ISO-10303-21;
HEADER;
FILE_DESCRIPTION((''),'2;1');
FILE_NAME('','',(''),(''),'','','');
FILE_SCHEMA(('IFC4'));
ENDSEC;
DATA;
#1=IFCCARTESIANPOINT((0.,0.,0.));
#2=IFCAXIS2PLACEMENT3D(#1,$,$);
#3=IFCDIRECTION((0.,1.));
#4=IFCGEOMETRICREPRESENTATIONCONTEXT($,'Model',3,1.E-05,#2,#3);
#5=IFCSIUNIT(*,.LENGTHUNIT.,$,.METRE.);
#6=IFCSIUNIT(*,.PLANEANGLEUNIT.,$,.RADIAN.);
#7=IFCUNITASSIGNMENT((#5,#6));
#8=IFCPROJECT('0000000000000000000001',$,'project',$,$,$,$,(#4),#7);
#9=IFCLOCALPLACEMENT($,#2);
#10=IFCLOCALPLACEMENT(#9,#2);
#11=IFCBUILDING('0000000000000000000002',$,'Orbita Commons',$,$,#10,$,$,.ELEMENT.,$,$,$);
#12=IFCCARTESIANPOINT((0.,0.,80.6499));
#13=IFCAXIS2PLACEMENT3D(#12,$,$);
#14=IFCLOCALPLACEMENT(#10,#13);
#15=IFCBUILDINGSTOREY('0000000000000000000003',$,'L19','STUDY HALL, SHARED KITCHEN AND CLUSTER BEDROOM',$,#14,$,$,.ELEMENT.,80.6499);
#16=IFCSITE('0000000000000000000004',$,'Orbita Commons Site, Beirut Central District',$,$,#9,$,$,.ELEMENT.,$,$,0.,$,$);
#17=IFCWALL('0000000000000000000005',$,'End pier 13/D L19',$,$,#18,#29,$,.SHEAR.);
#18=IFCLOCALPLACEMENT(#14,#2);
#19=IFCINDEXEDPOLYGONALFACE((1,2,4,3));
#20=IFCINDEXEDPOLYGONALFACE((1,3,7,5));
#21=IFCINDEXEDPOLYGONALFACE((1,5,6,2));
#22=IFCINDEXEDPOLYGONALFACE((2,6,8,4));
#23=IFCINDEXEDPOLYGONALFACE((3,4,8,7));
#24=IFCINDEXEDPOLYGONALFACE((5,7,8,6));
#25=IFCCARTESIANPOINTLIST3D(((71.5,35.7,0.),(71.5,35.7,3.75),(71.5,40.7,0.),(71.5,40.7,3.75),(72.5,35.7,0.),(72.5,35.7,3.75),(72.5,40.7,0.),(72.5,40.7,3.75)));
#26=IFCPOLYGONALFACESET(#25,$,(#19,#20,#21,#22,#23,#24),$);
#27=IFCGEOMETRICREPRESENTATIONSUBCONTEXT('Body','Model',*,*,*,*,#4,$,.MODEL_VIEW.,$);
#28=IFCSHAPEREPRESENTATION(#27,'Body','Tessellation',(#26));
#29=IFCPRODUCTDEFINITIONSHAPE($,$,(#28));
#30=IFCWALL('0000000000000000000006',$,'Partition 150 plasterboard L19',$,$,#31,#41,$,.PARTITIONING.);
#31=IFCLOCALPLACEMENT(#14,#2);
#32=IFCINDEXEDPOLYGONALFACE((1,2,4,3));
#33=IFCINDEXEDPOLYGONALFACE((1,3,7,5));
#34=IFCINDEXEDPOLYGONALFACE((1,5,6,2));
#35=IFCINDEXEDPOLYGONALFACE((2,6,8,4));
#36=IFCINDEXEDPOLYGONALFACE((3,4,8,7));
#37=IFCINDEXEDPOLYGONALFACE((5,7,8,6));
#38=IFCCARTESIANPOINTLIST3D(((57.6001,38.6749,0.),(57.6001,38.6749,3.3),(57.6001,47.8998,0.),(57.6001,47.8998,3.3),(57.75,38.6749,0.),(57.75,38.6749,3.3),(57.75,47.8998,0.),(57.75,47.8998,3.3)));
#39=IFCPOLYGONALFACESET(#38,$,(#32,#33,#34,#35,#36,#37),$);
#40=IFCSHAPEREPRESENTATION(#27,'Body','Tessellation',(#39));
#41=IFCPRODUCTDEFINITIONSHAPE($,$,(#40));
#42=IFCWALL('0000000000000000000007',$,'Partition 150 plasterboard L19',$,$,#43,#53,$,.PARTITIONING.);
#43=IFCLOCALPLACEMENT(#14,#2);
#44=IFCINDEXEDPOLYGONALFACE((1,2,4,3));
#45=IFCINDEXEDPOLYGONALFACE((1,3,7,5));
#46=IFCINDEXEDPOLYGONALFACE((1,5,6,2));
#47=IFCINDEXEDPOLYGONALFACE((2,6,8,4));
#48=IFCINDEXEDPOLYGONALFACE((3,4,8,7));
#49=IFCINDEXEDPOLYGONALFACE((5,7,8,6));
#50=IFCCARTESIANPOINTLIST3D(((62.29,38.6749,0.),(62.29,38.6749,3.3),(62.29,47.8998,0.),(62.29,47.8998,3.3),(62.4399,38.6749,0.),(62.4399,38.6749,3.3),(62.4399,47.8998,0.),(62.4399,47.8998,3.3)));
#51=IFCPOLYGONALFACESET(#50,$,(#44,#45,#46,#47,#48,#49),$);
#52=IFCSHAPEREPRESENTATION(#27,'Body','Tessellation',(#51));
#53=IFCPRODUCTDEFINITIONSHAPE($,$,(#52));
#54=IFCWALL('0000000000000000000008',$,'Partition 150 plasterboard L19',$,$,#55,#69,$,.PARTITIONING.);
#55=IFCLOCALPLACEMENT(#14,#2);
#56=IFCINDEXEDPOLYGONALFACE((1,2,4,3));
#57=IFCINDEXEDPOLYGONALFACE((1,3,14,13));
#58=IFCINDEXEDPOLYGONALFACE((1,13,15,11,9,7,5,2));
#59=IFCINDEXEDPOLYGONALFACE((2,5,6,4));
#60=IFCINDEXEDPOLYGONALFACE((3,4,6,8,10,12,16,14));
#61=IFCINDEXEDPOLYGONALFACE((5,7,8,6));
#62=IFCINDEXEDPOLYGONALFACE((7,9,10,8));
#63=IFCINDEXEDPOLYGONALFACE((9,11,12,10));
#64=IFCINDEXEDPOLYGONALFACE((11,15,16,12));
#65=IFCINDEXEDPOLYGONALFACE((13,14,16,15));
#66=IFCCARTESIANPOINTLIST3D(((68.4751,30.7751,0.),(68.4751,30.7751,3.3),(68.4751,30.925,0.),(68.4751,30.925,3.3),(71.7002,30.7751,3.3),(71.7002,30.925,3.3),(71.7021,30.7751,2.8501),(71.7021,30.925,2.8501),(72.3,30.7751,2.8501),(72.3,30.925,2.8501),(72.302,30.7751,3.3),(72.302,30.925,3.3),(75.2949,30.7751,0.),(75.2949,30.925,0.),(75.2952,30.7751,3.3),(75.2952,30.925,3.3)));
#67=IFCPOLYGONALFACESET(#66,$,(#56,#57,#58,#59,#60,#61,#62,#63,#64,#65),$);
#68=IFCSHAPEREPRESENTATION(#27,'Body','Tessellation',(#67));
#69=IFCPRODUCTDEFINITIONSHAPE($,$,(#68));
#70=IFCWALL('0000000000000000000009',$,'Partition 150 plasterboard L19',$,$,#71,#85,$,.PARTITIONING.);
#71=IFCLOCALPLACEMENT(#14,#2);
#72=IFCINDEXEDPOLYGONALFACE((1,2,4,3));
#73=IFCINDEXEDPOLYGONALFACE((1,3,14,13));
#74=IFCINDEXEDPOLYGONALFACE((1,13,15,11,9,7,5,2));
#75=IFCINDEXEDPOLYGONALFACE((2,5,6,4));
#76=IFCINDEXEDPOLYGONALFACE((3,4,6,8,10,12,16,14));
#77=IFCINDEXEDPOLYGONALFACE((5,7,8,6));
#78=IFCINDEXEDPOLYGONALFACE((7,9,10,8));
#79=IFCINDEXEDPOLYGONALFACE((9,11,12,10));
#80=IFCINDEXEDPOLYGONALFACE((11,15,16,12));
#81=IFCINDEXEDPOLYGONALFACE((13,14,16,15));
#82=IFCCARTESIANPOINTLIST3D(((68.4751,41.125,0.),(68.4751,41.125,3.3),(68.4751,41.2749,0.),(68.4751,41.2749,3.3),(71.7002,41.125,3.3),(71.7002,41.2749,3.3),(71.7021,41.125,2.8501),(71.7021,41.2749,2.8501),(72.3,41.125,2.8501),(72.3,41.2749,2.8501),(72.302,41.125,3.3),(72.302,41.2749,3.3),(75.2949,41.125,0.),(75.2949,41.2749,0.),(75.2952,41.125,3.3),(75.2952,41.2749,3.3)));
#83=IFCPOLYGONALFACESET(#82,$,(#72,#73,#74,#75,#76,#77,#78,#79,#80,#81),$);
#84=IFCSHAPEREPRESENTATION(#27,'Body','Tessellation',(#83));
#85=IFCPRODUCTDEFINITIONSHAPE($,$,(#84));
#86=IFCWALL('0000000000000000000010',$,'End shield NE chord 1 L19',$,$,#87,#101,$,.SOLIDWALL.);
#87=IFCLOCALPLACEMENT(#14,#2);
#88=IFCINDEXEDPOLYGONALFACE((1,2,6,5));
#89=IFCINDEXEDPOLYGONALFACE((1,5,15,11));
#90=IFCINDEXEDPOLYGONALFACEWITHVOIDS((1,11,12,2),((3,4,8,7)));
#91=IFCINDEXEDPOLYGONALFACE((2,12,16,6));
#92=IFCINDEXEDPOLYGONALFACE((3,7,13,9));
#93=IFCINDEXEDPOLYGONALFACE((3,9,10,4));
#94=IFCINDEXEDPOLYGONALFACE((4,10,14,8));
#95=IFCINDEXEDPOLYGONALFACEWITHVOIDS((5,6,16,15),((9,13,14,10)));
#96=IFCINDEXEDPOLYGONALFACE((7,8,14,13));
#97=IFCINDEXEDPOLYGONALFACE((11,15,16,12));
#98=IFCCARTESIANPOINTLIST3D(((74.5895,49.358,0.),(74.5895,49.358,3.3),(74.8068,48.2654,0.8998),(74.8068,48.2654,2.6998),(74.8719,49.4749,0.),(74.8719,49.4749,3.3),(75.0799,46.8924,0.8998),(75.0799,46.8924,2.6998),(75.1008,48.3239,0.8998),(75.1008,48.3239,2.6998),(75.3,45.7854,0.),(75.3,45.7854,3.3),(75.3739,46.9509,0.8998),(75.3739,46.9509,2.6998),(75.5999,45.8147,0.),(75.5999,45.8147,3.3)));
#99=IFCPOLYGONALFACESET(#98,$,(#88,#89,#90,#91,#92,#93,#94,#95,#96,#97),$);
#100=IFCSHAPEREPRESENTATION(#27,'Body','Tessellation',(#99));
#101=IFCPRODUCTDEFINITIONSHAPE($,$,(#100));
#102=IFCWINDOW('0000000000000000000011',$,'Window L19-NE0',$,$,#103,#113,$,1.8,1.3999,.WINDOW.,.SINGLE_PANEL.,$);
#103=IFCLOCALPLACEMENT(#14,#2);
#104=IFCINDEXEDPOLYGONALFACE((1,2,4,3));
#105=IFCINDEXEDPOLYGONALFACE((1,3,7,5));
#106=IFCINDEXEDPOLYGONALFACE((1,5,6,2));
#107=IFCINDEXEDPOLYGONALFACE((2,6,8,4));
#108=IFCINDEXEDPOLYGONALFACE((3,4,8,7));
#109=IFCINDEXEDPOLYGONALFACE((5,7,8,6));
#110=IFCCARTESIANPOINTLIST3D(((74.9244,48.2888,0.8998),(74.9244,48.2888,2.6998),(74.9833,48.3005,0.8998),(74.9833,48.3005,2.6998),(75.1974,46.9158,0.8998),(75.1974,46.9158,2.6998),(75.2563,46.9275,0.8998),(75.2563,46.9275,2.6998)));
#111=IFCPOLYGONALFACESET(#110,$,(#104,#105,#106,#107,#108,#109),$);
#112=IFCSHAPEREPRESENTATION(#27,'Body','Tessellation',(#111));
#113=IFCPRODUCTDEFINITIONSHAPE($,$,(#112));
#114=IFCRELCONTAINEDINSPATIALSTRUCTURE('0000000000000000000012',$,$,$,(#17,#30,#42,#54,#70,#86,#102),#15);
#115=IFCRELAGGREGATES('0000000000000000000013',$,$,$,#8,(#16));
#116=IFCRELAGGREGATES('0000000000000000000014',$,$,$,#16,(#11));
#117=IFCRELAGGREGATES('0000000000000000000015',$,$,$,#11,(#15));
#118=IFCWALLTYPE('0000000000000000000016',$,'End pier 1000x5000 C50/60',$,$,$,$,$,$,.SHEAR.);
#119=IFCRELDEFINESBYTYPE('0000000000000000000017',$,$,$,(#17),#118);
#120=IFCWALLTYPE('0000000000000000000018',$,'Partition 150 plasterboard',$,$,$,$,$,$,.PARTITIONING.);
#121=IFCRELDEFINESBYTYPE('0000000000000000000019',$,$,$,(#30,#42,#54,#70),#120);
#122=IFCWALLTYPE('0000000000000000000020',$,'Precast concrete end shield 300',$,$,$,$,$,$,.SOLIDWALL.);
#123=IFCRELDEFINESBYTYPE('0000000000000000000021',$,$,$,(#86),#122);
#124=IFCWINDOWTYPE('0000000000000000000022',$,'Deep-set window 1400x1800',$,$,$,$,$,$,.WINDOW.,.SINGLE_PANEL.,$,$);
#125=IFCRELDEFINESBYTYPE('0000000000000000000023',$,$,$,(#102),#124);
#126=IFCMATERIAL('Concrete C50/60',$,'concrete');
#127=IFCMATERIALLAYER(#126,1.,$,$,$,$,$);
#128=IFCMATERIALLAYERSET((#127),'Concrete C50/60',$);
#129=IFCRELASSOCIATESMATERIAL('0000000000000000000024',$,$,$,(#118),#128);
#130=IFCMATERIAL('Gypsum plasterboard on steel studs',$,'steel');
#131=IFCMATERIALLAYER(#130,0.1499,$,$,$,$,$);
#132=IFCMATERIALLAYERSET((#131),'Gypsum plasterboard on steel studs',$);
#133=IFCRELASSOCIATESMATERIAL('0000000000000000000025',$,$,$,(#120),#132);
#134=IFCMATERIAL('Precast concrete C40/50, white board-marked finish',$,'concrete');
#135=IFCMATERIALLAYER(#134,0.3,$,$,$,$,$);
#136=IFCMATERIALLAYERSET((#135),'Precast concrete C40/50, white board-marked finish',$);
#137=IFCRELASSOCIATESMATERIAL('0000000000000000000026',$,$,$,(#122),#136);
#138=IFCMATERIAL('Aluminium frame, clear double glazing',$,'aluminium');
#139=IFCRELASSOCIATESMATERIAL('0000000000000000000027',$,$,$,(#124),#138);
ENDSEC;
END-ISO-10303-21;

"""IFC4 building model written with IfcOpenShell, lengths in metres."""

from ifc_helpers import new_model, si_unit, direction, frame, frame_2d, origin, place, context, subcontext, project, spatial, polyline, rectangle, outline, extrude, material, layer, layer_set, type_object, element, fill, save


model = new_model("IFC4")

# Units and contexts
model_context = context("Model", 3, precision=1e-05, world=origin(), true_north=direction((0.0, 1.0)))
body_context = subcontext(model_context, "Body", "Model", "MODEL_VIEW")
ifc_project = project(units=[si_unit("LENGTHUNIT", "METRE"), si_unit("PLANEANGLEUNIT", "RADIAN")], contexts=[model_context])

# Site, building, storey
site_placement = place(None, origin())
site = spatial("IfcSite", under=ifc_project, at=site_placement, Name="Orbita Commons Site, Beirut Central District", CompositionType="ELEMENT", RefElevation=0.0)
building_placement = place(site_placement, origin())
building = spatial("IfcBuilding", under=site, at=building_placement, Name="Orbita Commons", CompositionType="ELEMENT")
storey_placement = place(building_placement, frame((0.0, 0.0, 80.6499)))
storey = spatial("IfcBuildingStorey", under=building, at=storey_placement, Name="L19", Description="STUDY HALL, SHARED KITCHEN AND CLUSTER BEDROOM", CompositionType="ELEMENT", Elevation=80.6499)

# Walls
ifc_material_1 = material(Name="Concrete C50/60", Category="concrete")
ifc_layer_1 = layer(ifc_material_1, 1.0)
ifc_layer_set_1 = layer_set([ifc_layer_1], Name="Concrete C50/60")
wall_type_1 = type_object("IfcWallType", Name="End pier 1000x5000 C50/60", PredefinedType="SHEAR", material=ifc_layer_set_1)
wall_1_placement = place(storey_placement, frame((72.0, 35.7, 0.0), z_axis=(0.0, 0.0, 1.0), x_axis=(0.0, 1.0, 0.0)))
element("IfcWall", 1, at=wall_1_placement, inside=storey, type_object=wall_type_1, Name="End pier 13/D L19", PredefinedType="SHEAR", context=body_context, shape_type="SweptSolid", body=[
    extrude(rectangle(XDim=5.0, YDim=1.0, at=frame_2d((2.5, 0.0))), origin(), (0.0, 0.0, 1.0), 3.75),
])
ifc_material_2 = material(Name="Gypsum plasterboard on steel studs", Category="steel")
ifc_layer_2 = layer(ifc_material_2, 0.1499)
ifc_layer_set_2 = layer_set([ifc_layer_2], Name="Gypsum plasterboard on steel studs")
wall_type_2 = type_object("IfcWallType", Name="Partition 150 plasterboard", PredefinedType="PARTITIONING", material=ifc_layer_set_2)
for number, where, z_axis, x_axis, name in (
    (2, (57.675, 38.675, 0.0), (0.0, 0.0, 1.0), (0.0, 1.0, 0.0), "Partition 150 plasterboard L19"),
    (3, (62.365, 38.675, 0.0), (0.0, 0.0, 1.0), (0.0, 1.0, 0.0), "Partition 150 plasterboard L19"),
):
    element("IfcWall", number, at=place(storey_placement, frame(where, z_axis=z_axis, x_axis=x_axis)), inside=storey, type_object=wall_type_2, Name=name, PredefinedType="PARTITIONING", context=body_context, shape_type="SweptSolid", body=[
        extrude(rectangle(XDim=9.2249, YDim=0.1499, at=frame_2d((4.6123, 0.0))), origin(), (0.0, 0.0, 1.0), 3.3),
    ])
for number, where, z_axis, x_axis, name in (
    (4, (68.4751, 30.8501, 0.0), (0.0, 0.0, 1.0), (1.0, 0.0, 0.0), "Partition 150 plasterboard L19"),
    (5, (68.4751, 41.2, 0.0), (0.0, 0.0, 1.0), (1.0, 0.0, 0.0), "Partition 150 plasterboard L19"),
):
    element("IfcWall", number, at=place(storey_placement, frame(where, z_axis=z_axis, x_axis=x_axis)), inside=storey, type_object=wall_type_2, Name=name, PredefinedType="PARTITIONING", context=body_context, shape_type="SweptSolid", body=[
        extrude(outline(polyline([(0.0, 0.0), (6.8198, 0.0), (6.8201, 3.3), (3.8269, 3.3), (3.825, 2.8501), (3.2271, 2.8501), (3.2251, 3.3), (0.0, 3.3), (0.0, 0.0)])), frame((0.0, 0.075, 0.0), z_axis=(0.0, -1.0, 0.0), x_axis=(1.0, 0.0, 0.0)), (0.0, 0.0, 1.0), 0.1499),
    ])

# Wall, opening, window
ifc_material_3 = material(Name="Precast concrete C40/50, white board-marked finish", Category="concrete")
ifc_layer_3 = layer(ifc_material_3, 0.3)
ifc_layer_set_3 = layer_set([ifc_layer_3], Name="Precast concrete C40/50, white board-marked finish")
wall_type_3 = type_object("IfcWallType", Name="Precast concrete end shield 300", PredefinedType="SOLIDWALL", material=ifc_layer_set_3)
wall_2_placement = place(storey_placement, frame((75.45, 45.8, 0.0), z_axis=(0.0, 0.0, 1.0), x_axis=(-0.195059, 0.980791, 0.0)))
wall_2 = element("IfcWall", 6, at=wall_2_placement, inside=storey, type_object=wall_type_3, Name="End shield NE chord 1 L19", PredefinedType="SOLIDWALL", context=body_context, shape_type="SweptSolid", body=[
    extrude(outline(polyline([(-0.0149, -0.1499), (3.717, -0.1499), (3.6575, 0.1499), (0.0149, 0.1499), (-0.0149, -0.1499)])), origin(), (0.0, 0.0, 1.0), 3.3),
])
opening_1_placement = place(wall_2_placement, frame((1.1436, 0.0, 0.8999)))
opening_1 = element("IfcOpeningElement", 7, at=opening_1_placement, cuts=wall_2, PredefinedType="OPENING", context=body_context, shape_type="SweptSolid", body=[
    extrude(rectangle(XDim=1.3999, YDim=1.8, at=frame_2d((0.7, 0.8999))), frame((0.0, 0.1599, 0.0), z_axis=(0.0, -1.0, 0.0), x_axis=(1.0, 0.0, 0.0)), (0.0, 0.0, 1.0), 0.3201),
])
ifc_material_4 = material(Name="Aluminium frame, clear double glazing", Category="aluminium")
window_type = type_object("IfcWindowType", Name="Deep-set window 1400x1800", PartitioningType="SINGLE_PANEL", PredefinedType="WINDOW", material=ifc_material_4)
window_placement = place(opening_1_placement, origin())
window = element("IfcWindow", 8, at=window_placement, inside=storey, type_object=window_type, Name="Window L19-NE0", OverallHeight=1.8, OverallWidth=1.3999, PartitioningType="SINGLE_PANEL", PredefinedType="WINDOW", context=body_context, shape_type="SweptSolid", body=[
    extrude(rectangle(XDim=1.3999, YDim=1.8, at=frame_2d((0.7, 0.8999))), frame((0.0, 0.03, 0.0), z_axis=(0.0, -1.0, 0.0), x_axis=(1.0, 0.0, 0.0)), (0.0, 0.0, 1.0), 0.0601),
])
fill(opening_1, window)

save(model, "model.ifc")
